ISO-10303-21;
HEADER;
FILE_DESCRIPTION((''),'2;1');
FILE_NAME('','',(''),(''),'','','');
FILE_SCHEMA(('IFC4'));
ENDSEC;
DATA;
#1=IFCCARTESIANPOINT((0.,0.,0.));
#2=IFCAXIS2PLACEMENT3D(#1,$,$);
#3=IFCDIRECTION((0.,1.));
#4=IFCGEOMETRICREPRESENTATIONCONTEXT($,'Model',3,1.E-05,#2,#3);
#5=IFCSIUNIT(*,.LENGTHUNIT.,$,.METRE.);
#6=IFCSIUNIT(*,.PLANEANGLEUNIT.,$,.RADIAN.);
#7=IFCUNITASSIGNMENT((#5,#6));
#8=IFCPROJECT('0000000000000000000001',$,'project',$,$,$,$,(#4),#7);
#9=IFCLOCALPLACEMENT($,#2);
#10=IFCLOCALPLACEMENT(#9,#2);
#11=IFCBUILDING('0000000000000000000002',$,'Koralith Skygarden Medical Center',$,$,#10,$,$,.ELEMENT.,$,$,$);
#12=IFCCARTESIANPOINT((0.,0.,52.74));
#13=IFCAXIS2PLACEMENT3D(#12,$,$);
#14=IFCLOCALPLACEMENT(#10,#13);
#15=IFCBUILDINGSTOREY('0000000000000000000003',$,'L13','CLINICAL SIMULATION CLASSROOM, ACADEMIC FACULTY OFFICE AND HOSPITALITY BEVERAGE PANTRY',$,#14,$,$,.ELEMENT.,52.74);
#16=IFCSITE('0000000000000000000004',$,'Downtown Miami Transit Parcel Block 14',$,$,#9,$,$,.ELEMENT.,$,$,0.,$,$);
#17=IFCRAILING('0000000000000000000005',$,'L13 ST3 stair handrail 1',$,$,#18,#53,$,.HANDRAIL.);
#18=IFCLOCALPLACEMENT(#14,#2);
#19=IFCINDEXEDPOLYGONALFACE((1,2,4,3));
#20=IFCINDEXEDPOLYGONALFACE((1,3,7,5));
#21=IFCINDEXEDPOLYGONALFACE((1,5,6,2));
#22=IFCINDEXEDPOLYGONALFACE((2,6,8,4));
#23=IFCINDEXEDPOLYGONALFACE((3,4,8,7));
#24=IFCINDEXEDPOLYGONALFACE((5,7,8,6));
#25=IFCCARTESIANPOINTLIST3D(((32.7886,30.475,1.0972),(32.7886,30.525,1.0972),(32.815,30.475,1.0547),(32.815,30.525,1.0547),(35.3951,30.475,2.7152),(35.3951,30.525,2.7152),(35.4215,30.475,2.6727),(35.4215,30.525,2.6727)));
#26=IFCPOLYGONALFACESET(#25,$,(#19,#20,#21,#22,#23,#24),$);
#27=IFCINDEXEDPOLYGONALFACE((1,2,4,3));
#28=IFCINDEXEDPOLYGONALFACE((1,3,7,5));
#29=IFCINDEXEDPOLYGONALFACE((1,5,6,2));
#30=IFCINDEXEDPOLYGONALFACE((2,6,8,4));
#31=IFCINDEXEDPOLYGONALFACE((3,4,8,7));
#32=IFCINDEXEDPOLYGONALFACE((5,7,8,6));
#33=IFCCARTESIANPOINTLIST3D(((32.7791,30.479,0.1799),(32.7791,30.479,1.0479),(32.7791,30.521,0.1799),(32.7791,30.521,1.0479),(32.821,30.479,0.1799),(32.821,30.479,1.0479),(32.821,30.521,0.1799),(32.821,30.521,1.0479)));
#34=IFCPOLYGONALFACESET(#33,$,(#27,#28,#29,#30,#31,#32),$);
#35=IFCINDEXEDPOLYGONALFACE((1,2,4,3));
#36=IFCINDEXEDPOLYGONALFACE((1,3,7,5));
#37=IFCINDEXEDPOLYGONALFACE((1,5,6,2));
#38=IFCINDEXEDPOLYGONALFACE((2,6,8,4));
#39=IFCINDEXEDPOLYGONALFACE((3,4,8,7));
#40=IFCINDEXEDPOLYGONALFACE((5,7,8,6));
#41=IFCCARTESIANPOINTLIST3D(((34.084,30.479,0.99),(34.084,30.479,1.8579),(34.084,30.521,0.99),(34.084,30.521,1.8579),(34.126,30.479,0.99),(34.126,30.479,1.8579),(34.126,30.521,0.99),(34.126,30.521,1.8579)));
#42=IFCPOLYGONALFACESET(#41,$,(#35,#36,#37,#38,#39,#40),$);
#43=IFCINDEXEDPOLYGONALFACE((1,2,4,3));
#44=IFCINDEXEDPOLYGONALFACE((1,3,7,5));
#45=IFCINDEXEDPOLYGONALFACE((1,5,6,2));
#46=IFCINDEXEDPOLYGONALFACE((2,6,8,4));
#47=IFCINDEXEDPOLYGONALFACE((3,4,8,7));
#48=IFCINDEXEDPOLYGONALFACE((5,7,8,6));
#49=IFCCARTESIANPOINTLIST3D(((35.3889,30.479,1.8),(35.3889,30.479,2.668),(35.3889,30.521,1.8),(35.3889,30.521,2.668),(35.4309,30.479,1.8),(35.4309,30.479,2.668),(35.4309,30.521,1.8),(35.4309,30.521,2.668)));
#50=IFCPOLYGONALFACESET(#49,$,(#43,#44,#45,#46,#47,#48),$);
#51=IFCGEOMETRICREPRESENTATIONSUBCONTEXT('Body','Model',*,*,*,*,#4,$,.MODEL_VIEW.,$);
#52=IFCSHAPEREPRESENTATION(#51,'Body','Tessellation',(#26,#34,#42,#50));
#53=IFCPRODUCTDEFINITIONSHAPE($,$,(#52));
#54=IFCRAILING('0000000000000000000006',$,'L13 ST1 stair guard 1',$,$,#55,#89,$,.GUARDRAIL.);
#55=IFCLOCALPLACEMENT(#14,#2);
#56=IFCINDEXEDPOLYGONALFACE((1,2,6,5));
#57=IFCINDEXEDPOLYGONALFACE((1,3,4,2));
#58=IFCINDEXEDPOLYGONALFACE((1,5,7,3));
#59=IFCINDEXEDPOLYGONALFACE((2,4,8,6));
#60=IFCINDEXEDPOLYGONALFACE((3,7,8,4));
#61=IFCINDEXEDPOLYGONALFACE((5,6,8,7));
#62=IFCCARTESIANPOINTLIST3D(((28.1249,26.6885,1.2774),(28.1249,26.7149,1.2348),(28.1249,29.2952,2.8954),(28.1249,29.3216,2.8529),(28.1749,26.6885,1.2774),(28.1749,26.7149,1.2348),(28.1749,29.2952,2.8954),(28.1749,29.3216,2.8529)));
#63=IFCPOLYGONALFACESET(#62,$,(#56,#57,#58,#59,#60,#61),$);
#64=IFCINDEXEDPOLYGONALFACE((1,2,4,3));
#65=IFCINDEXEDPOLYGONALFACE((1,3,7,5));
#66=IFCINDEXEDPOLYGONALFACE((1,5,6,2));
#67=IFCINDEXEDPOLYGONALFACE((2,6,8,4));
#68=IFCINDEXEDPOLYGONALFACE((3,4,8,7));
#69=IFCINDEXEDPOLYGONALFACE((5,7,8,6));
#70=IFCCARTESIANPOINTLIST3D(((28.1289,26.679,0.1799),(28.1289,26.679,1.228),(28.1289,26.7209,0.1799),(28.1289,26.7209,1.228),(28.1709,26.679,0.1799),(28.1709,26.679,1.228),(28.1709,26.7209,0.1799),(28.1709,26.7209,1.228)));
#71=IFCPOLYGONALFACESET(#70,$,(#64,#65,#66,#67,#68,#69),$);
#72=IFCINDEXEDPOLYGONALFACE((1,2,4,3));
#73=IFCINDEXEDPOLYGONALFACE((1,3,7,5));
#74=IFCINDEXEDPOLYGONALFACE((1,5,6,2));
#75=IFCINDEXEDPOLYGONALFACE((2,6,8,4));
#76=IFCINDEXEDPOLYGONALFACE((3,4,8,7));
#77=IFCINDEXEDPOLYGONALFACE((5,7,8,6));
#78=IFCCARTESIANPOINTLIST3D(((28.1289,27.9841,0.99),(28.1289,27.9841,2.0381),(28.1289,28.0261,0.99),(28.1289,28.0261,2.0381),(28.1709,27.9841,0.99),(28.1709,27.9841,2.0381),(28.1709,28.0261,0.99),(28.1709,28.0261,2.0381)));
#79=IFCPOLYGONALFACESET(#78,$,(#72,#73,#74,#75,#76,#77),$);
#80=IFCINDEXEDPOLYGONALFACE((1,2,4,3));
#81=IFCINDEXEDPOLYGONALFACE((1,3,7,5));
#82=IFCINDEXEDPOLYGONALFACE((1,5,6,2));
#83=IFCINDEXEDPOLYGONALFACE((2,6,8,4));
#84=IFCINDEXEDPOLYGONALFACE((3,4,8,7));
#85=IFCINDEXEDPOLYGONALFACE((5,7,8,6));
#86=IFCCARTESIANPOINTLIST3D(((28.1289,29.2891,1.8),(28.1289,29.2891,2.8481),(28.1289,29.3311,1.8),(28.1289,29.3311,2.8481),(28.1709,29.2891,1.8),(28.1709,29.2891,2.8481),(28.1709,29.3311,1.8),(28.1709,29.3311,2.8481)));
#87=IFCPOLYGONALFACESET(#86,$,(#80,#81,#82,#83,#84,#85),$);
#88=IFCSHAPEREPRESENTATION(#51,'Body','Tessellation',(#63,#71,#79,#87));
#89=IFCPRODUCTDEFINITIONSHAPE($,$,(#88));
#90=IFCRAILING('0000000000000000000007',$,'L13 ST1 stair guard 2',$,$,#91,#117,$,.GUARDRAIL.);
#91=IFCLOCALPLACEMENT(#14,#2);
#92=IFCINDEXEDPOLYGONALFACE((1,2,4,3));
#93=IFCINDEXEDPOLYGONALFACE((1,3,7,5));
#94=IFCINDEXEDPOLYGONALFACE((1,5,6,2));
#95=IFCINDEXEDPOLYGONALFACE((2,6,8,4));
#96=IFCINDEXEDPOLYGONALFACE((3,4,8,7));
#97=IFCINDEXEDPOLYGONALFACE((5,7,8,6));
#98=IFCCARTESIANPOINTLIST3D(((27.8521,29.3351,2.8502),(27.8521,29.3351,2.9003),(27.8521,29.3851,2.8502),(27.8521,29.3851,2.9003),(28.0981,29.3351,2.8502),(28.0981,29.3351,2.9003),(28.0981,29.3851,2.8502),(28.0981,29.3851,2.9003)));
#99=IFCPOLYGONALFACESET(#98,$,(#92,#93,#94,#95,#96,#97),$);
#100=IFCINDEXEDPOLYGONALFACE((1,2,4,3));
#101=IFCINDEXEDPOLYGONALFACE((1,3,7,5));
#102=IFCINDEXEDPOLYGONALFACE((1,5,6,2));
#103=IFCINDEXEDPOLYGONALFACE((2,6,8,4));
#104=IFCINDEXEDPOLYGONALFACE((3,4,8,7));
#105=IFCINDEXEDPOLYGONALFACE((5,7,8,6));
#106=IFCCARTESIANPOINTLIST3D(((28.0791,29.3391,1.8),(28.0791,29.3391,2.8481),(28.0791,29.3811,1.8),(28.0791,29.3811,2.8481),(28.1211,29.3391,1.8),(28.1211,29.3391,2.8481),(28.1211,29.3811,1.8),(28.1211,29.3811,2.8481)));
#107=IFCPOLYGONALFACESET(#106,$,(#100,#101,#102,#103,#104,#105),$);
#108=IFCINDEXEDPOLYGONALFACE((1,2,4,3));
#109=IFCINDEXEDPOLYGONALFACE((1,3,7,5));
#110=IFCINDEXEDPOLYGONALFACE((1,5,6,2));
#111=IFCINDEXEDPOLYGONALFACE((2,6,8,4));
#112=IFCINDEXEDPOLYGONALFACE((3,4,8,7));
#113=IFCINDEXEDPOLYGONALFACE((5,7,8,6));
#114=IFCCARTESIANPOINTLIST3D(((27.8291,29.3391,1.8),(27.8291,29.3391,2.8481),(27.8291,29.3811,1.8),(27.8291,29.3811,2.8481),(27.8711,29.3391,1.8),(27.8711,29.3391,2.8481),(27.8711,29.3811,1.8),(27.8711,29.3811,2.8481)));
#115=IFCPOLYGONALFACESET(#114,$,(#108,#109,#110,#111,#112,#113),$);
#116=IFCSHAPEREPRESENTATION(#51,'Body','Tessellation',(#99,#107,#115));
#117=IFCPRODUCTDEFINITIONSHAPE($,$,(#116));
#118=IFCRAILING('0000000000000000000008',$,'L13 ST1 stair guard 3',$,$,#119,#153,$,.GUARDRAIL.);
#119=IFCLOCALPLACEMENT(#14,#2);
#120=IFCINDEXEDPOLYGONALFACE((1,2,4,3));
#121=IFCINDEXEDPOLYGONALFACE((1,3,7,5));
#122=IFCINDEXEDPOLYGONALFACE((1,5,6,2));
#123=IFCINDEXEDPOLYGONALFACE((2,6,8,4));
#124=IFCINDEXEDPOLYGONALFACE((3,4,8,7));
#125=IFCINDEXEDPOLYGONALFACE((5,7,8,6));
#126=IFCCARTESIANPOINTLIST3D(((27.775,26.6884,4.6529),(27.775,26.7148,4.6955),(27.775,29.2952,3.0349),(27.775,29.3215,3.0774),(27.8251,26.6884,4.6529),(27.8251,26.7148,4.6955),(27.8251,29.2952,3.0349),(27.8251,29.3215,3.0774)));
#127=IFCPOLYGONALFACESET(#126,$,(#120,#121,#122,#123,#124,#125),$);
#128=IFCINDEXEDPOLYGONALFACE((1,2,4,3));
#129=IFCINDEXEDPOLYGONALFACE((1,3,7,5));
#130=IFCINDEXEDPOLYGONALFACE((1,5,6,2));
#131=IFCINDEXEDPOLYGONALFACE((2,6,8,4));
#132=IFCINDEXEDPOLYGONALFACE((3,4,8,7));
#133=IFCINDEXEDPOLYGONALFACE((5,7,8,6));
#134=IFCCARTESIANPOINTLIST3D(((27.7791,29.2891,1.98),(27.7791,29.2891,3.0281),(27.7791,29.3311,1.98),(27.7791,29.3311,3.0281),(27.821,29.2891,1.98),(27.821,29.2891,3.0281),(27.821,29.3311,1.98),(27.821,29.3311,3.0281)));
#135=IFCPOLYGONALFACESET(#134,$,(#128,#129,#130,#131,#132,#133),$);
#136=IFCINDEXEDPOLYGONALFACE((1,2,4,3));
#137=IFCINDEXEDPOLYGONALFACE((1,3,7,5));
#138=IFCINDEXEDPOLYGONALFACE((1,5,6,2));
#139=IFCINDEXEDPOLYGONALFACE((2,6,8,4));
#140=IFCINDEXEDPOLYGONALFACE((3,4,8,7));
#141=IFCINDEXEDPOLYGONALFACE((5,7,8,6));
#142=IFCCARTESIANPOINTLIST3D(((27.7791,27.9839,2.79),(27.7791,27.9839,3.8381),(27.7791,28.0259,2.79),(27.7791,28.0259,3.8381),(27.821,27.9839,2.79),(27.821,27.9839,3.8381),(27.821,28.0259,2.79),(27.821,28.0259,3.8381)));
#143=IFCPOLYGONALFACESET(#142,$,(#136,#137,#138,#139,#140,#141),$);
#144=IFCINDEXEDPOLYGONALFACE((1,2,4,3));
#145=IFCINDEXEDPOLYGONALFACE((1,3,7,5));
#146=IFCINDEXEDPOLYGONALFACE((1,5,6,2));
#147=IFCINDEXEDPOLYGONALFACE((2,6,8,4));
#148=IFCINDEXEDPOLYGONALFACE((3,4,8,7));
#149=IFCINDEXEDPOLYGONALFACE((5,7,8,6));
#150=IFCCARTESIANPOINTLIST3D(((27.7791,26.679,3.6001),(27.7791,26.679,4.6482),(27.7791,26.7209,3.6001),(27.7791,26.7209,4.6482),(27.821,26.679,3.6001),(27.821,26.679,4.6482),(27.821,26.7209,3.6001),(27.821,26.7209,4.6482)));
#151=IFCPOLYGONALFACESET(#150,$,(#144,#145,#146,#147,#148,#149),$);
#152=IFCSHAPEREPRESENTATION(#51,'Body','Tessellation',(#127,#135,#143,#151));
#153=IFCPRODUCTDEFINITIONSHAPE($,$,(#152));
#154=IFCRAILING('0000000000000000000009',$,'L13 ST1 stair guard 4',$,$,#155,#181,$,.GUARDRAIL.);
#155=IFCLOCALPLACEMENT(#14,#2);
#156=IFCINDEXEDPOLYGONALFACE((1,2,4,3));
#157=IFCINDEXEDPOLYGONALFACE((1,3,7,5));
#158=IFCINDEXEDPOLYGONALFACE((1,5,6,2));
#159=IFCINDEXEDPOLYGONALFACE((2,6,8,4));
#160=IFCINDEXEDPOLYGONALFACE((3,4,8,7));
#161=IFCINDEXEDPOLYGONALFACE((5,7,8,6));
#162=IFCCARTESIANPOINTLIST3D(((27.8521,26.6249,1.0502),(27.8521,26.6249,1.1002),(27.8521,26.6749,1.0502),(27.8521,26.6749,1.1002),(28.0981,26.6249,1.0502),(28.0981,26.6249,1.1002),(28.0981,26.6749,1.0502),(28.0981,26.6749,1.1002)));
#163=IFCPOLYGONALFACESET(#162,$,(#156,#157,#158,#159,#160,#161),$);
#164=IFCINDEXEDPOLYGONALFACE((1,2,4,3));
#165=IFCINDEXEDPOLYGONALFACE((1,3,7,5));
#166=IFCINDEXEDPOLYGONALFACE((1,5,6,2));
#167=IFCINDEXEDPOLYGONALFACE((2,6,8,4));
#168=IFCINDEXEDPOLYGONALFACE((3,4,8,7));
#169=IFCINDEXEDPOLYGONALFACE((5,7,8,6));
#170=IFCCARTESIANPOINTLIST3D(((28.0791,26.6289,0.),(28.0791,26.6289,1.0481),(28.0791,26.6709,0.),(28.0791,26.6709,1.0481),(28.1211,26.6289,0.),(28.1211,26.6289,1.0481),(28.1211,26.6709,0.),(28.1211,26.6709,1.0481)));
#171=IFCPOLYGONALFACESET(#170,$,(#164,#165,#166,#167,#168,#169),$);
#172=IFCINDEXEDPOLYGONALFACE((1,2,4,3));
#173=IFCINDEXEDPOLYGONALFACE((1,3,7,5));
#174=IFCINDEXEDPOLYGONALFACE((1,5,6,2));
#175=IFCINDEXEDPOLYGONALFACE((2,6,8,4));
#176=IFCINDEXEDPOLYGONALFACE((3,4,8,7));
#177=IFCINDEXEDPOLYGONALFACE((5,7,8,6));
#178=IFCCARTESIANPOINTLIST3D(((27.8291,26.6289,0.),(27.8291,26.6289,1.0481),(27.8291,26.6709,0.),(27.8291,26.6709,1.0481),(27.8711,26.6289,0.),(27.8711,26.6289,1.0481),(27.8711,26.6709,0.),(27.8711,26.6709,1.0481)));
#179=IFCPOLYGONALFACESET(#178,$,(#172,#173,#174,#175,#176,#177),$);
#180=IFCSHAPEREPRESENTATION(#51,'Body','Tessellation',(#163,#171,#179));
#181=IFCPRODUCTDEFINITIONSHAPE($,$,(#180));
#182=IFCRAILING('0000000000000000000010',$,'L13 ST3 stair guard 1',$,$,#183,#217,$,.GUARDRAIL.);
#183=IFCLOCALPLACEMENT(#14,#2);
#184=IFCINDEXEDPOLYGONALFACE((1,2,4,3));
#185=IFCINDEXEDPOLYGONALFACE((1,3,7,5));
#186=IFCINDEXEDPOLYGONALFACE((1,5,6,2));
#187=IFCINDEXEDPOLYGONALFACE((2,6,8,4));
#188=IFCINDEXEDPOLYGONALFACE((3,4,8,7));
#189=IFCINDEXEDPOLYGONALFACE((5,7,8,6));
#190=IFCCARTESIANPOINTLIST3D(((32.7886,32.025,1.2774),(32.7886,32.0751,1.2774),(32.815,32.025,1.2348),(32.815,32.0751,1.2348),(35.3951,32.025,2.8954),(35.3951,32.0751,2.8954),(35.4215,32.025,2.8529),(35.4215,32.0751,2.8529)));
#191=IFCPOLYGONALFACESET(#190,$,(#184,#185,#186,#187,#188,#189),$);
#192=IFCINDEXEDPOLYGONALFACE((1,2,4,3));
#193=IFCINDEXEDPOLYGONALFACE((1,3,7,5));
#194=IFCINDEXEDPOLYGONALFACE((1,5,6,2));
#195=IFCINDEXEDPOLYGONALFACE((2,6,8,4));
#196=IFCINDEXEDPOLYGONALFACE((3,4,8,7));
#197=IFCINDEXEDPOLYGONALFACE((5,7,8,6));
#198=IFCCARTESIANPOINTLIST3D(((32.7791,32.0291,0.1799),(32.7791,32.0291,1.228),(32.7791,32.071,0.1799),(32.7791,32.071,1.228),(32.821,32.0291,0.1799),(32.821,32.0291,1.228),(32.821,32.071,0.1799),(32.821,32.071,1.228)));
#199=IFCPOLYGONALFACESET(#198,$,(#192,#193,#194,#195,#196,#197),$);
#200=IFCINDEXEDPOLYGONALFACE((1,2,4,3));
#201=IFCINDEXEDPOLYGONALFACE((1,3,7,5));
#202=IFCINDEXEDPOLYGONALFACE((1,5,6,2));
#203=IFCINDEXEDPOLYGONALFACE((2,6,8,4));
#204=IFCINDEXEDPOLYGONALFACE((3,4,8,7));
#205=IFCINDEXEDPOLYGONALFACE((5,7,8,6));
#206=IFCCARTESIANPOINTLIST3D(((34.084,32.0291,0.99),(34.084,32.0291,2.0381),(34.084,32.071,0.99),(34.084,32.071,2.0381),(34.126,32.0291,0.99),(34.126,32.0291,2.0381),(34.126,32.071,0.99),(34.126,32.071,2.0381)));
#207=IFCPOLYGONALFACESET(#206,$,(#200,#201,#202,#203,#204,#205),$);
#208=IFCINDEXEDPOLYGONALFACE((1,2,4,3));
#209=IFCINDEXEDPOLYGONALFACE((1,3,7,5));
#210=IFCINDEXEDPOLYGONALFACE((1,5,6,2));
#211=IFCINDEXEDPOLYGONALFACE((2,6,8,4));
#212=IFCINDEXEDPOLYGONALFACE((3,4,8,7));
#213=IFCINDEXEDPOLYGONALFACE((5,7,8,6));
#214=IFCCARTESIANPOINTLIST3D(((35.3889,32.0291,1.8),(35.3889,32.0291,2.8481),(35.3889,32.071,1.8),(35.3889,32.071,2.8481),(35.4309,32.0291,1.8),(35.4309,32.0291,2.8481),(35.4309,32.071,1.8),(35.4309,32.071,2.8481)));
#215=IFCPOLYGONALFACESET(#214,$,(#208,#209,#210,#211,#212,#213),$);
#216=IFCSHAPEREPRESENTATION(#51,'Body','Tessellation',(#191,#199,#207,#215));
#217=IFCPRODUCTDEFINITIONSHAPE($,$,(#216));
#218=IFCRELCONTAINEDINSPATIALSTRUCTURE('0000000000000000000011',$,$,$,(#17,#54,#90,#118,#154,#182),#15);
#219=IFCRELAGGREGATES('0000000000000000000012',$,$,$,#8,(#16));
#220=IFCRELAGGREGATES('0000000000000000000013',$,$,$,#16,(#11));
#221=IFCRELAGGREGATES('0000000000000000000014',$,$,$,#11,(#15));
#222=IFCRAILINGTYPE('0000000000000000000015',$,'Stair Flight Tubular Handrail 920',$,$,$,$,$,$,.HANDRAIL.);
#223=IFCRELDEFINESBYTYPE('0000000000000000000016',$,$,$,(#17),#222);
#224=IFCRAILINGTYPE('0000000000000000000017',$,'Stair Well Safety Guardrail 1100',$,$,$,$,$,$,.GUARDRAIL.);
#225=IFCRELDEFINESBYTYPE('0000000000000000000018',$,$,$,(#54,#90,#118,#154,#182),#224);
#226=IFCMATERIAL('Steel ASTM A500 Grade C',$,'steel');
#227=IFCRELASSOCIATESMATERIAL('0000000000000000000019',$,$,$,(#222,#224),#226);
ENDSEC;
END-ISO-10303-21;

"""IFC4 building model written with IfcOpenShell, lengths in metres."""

from ifc_helpers import new_model, si_unit, direction, frame, origin, origin_2d, place, context, subcontext, project, spatial, rectangle, extrude, material, type_object, element, save


model = new_model("IFC4")

# Units and contexts
model_context = context("Model", 3, precision=1e-05, world=origin(), true_north=direction((0.0, 1.0)))
body_context = subcontext(model_context, "Body", "Model", "MODEL_VIEW")
ifc_project = project(units=[si_unit("LENGTHUNIT", "METRE"), si_unit("PLANEANGLEUNIT", "RADIAN")], contexts=[model_context])

# Site, building, storey
site_placement = place(None, origin())
site = spatial("IfcSite", under=ifc_project, at=site_placement, Name="Downtown Miami Transit Parcel Block 14", CompositionType="ELEMENT", RefElevation=0.0)
building_placement = place(site_placement, origin())
building = spatial("IfcBuilding", under=site, at=building_placement, Name="Koralith Skygarden Medical Center", CompositionType="ELEMENT")
storey_placement = place(building_placement, frame((0.0, 0.0, 52.74)))
storey = spatial("IfcBuildingStorey", under=building, at=storey_placement, Name="L13", Description="CLINICAL SIMULATION CLASSROOM, ACADEMIC FACULTY OFFICE AND HOSPITALITY BEVERAGE PANTRY", CompositionType="ELEMENT", Elevation=52.74)

# Railings
ifc_material_1 = material(Name="Steel ASTM A500 Grade C", Category="steel")
railing_type_1 = type_object("IfcRailingType", Name="Stair Flight Tubular Handrail 920", PredefinedType="HANDRAIL", material=ifc_material_1)
railing_1_placement = place(storey_placement, frame((32.8, 30.5, 0.1799)))
element("IfcRailing", 1, at=railing_1_placement, inside=storey, type_object=railing_type_1, Name="L13 ST3 stair handrail 1", PredefinedType="HANDRAIL", context=body_context, shape_type="SweptSolid", body=[
    extrude(rectangle(XDim=0.05, YDim=0.05, at=origin_2d()), frame((0.0017, 0.0, 0.896), z_axis=(0.849611, 0.0, 0.52741), x_axis=(0.0, 1.0, 0.0)), (0.0, 0.0, 1.0), 3.0679),
    extrude(rectangle(XDim=0.042, YDim=0.042, at=origin_2d()), origin(), (0.0, 0.0, 1.0), 0.8679),
    extrude(rectangle(XDim=0.042, YDim=0.042, at=origin_2d()), frame((1.3049, 0.0, 0.8101)), (0.0, 0.0, 1.0), 0.8679),
    extrude(rectangle(XDim=0.042, YDim=0.042, at=origin_2d()), frame((2.6099, 0.0, 1.6201)), (0.0, 0.0, 1.0), 0.8679),
])
railing_type_2 = type_object("IfcRailingType", Name="Stair Well Safety Guardrail 1100", PredefinedType="GUARDRAIL", material=ifc_material_1)
railing_2_placement = place(storey_placement, frame((28.1499, 26.7, 0.1799)))
element("IfcRailing", 2, at=railing_2_placement, inside=storey, type_object=railing_type_2, Name="L13 ST1 stair guard 1", PredefinedType="GUARDRAIL", context=body_context, shape_type="SweptSolid", body=[
    extrude(rectangle(XDim=0.05, YDim=0.05, at=origin_2d()), frame((0.0, 0.0017, 1.0762), z_axis=(0.0, 0.849633, 0.527375), x_axis=(-1.0, 0.0, 0.0)), (0.0, 0.0, 1.0), 3.0681),
    extrude(rectangle(XDim=0.042, YDim=0.042, at=origin_2d()), origin(), (0.0, 0.0, 1.0), 1.0481),
    extrude(rectangle(XDim=0.042, YDim=0.042, at=origin_2d()), frame((0.0, 1.3052, 0.8101)), (0.0, 0.0, 1.0), 1.0481),
    extrude(rectangle(XDim=0.042, YDim=0.042, at=origin_2d()), frame((0.0, 2.6101, 1.6201)), (0.0, 0.0, 1.0), 1.0481),
])
railing_3_placement = place(storey_placement, frame((28.1001, 29.3601, 1.8)))
element("IfcRailing", 3, at=railing_3_placement, inside=storey, type_object=railing_type_2, Name="L13 ST1 stair guard 2", PredefinedType="GUARDRAIL", context=body_context, shape_type="SweptSolid", body=[
    extrude(rectangle(XDim=0.05, YDim=0.05, at=origin_2d()), frame((-0.002, 0.0, 1.0752), z_axis=(-1.0, 0.0, 0.0), x_axis=(0.0, -1.0, 0.0)), (0.0, 0.0, 1.0), 0.2461),
    extrude(rectangle(XDim=0.042, YDim=0.042, at=origin_2d()), origin(), (0.0, 0.0, 1.0), 1.0481),
    extrude(rectangle(XDim=0.042, YDim=0.042, at=origin_2d()), frame((-0.25, 0.0, 0.0)), (0.0, 0.0, 1.0), 1.0481),
])
railing_4_placement = place(storey_placement, frame((27.8, 29.3101, 1.98)))
element("IfcRailing", 4, at=railing_4_placement, inside=storey, type_object=railing_type_2, Name="L13 ST1 stair guard 3", PredefinedType="GUARDRAIL", context=body_context, shape_type="SweptSolid", body=[
    extrude(rectangle(XDim=0.05, YDim=0.05, at=origin_2d()), frame((0.0, -0.0017, 1.0762), z_axis=(0.0, -0.849633, 0.527375), x_axis=(1.0, 0.0, 0.0)), (0.0, 0.0, 1.0), 3.0681),
    extrude(rectangle(XDim=0.042, YDim=0.042, at=origin_2d()), origin(), (0.0, 0.0, 1.0), 1.0481),
    extrude(rectangle(XDim=0.042, YDim=0.042, at=origin_2d()), frame((0.0, -1.3052, 0.8101)), (0.0, 0.0, 1.0), 1.0481),
    extrude(rectangle(XDim=0.042, YDim=0.042, at=origin_2d()), frame((0.0, -2.6101, 1.6201)), (0.0, 0.0, 1.0), 1.0481),
])
railing_5_placement = place(storey_placement, frame((28.1001, 26.6499, 0.0)))
element("IfcRailing", 5, at=railing_5_placement, inside=storey, type_object=railing_type_2, Name="L13 ST1 stair guard 4", PredefinedType="GUARDRAIL", context=body_context, shape_type="SweptSolid", body=[
    extrude(rectangle(XDim=0.05, YDim=0.05, at=origin_2d()), frame((-0.002, 0.0, 1.0752), z_axis=(-1.0, 0.0, 0.0), x_axis=(0.0, -1.0, 0.0)), (0.0, 0.0, 1.0), 0.2461),
    extrude(rectangle(XDim=0.042, YDim=0.042, at=origin_2d()), origin(), (0.0, 0.0, 1.0), 1.0481),
    extrude(rectangle(XDim=0.042, YDim=0.042, at=origin_2d()), frame((-0.25, 0.0, 0.0)), (0.0, 0.0, 1.0), 1.0481),
])
railing_6_placement = place(storey_placement, frame((32.8, 32.05, 0.1799)))
element("IfcRailing", 6, at=railing_6_placement, inside=storey, type_object=railing_type_2, Name="L13 ST3 stair guard 1", PredefinedType="GUARDRAIL", context=body_context, shape_type="SweptSolid", body=[
    extrude(rectangle(XDim=0.05, YDim=0.05, at=origin_2d()), frame((0.0017, 0.0, 1.0762), z_axis=(0.849611, 0.0, 0.52741), x_axis=(0.0, 1.0, 0.0)), (0.0, 0.0, 1.0), 3.0679),
    extrude(rectangle(XDim=0.042, YDim=0.042, at=origin_2d()), origin(), (0.0, 0.0, 1.0), 1.0481),
    extrude(rectangle(XDim=0.042, YDim=0.042, at=origin_2d()), frame((1.3049, 0.0, 0.8101)), (0.0, 0.0, 1.0), 1.0481),
    extrude(rectangle(XDim=0.042, YDim=0.042, at=origin_2d()), frame((2.6099, 0.0, 1.6201)), (0.0, 0.0, 1.0), 1.0481),
])

save(model, "model.ifc")
